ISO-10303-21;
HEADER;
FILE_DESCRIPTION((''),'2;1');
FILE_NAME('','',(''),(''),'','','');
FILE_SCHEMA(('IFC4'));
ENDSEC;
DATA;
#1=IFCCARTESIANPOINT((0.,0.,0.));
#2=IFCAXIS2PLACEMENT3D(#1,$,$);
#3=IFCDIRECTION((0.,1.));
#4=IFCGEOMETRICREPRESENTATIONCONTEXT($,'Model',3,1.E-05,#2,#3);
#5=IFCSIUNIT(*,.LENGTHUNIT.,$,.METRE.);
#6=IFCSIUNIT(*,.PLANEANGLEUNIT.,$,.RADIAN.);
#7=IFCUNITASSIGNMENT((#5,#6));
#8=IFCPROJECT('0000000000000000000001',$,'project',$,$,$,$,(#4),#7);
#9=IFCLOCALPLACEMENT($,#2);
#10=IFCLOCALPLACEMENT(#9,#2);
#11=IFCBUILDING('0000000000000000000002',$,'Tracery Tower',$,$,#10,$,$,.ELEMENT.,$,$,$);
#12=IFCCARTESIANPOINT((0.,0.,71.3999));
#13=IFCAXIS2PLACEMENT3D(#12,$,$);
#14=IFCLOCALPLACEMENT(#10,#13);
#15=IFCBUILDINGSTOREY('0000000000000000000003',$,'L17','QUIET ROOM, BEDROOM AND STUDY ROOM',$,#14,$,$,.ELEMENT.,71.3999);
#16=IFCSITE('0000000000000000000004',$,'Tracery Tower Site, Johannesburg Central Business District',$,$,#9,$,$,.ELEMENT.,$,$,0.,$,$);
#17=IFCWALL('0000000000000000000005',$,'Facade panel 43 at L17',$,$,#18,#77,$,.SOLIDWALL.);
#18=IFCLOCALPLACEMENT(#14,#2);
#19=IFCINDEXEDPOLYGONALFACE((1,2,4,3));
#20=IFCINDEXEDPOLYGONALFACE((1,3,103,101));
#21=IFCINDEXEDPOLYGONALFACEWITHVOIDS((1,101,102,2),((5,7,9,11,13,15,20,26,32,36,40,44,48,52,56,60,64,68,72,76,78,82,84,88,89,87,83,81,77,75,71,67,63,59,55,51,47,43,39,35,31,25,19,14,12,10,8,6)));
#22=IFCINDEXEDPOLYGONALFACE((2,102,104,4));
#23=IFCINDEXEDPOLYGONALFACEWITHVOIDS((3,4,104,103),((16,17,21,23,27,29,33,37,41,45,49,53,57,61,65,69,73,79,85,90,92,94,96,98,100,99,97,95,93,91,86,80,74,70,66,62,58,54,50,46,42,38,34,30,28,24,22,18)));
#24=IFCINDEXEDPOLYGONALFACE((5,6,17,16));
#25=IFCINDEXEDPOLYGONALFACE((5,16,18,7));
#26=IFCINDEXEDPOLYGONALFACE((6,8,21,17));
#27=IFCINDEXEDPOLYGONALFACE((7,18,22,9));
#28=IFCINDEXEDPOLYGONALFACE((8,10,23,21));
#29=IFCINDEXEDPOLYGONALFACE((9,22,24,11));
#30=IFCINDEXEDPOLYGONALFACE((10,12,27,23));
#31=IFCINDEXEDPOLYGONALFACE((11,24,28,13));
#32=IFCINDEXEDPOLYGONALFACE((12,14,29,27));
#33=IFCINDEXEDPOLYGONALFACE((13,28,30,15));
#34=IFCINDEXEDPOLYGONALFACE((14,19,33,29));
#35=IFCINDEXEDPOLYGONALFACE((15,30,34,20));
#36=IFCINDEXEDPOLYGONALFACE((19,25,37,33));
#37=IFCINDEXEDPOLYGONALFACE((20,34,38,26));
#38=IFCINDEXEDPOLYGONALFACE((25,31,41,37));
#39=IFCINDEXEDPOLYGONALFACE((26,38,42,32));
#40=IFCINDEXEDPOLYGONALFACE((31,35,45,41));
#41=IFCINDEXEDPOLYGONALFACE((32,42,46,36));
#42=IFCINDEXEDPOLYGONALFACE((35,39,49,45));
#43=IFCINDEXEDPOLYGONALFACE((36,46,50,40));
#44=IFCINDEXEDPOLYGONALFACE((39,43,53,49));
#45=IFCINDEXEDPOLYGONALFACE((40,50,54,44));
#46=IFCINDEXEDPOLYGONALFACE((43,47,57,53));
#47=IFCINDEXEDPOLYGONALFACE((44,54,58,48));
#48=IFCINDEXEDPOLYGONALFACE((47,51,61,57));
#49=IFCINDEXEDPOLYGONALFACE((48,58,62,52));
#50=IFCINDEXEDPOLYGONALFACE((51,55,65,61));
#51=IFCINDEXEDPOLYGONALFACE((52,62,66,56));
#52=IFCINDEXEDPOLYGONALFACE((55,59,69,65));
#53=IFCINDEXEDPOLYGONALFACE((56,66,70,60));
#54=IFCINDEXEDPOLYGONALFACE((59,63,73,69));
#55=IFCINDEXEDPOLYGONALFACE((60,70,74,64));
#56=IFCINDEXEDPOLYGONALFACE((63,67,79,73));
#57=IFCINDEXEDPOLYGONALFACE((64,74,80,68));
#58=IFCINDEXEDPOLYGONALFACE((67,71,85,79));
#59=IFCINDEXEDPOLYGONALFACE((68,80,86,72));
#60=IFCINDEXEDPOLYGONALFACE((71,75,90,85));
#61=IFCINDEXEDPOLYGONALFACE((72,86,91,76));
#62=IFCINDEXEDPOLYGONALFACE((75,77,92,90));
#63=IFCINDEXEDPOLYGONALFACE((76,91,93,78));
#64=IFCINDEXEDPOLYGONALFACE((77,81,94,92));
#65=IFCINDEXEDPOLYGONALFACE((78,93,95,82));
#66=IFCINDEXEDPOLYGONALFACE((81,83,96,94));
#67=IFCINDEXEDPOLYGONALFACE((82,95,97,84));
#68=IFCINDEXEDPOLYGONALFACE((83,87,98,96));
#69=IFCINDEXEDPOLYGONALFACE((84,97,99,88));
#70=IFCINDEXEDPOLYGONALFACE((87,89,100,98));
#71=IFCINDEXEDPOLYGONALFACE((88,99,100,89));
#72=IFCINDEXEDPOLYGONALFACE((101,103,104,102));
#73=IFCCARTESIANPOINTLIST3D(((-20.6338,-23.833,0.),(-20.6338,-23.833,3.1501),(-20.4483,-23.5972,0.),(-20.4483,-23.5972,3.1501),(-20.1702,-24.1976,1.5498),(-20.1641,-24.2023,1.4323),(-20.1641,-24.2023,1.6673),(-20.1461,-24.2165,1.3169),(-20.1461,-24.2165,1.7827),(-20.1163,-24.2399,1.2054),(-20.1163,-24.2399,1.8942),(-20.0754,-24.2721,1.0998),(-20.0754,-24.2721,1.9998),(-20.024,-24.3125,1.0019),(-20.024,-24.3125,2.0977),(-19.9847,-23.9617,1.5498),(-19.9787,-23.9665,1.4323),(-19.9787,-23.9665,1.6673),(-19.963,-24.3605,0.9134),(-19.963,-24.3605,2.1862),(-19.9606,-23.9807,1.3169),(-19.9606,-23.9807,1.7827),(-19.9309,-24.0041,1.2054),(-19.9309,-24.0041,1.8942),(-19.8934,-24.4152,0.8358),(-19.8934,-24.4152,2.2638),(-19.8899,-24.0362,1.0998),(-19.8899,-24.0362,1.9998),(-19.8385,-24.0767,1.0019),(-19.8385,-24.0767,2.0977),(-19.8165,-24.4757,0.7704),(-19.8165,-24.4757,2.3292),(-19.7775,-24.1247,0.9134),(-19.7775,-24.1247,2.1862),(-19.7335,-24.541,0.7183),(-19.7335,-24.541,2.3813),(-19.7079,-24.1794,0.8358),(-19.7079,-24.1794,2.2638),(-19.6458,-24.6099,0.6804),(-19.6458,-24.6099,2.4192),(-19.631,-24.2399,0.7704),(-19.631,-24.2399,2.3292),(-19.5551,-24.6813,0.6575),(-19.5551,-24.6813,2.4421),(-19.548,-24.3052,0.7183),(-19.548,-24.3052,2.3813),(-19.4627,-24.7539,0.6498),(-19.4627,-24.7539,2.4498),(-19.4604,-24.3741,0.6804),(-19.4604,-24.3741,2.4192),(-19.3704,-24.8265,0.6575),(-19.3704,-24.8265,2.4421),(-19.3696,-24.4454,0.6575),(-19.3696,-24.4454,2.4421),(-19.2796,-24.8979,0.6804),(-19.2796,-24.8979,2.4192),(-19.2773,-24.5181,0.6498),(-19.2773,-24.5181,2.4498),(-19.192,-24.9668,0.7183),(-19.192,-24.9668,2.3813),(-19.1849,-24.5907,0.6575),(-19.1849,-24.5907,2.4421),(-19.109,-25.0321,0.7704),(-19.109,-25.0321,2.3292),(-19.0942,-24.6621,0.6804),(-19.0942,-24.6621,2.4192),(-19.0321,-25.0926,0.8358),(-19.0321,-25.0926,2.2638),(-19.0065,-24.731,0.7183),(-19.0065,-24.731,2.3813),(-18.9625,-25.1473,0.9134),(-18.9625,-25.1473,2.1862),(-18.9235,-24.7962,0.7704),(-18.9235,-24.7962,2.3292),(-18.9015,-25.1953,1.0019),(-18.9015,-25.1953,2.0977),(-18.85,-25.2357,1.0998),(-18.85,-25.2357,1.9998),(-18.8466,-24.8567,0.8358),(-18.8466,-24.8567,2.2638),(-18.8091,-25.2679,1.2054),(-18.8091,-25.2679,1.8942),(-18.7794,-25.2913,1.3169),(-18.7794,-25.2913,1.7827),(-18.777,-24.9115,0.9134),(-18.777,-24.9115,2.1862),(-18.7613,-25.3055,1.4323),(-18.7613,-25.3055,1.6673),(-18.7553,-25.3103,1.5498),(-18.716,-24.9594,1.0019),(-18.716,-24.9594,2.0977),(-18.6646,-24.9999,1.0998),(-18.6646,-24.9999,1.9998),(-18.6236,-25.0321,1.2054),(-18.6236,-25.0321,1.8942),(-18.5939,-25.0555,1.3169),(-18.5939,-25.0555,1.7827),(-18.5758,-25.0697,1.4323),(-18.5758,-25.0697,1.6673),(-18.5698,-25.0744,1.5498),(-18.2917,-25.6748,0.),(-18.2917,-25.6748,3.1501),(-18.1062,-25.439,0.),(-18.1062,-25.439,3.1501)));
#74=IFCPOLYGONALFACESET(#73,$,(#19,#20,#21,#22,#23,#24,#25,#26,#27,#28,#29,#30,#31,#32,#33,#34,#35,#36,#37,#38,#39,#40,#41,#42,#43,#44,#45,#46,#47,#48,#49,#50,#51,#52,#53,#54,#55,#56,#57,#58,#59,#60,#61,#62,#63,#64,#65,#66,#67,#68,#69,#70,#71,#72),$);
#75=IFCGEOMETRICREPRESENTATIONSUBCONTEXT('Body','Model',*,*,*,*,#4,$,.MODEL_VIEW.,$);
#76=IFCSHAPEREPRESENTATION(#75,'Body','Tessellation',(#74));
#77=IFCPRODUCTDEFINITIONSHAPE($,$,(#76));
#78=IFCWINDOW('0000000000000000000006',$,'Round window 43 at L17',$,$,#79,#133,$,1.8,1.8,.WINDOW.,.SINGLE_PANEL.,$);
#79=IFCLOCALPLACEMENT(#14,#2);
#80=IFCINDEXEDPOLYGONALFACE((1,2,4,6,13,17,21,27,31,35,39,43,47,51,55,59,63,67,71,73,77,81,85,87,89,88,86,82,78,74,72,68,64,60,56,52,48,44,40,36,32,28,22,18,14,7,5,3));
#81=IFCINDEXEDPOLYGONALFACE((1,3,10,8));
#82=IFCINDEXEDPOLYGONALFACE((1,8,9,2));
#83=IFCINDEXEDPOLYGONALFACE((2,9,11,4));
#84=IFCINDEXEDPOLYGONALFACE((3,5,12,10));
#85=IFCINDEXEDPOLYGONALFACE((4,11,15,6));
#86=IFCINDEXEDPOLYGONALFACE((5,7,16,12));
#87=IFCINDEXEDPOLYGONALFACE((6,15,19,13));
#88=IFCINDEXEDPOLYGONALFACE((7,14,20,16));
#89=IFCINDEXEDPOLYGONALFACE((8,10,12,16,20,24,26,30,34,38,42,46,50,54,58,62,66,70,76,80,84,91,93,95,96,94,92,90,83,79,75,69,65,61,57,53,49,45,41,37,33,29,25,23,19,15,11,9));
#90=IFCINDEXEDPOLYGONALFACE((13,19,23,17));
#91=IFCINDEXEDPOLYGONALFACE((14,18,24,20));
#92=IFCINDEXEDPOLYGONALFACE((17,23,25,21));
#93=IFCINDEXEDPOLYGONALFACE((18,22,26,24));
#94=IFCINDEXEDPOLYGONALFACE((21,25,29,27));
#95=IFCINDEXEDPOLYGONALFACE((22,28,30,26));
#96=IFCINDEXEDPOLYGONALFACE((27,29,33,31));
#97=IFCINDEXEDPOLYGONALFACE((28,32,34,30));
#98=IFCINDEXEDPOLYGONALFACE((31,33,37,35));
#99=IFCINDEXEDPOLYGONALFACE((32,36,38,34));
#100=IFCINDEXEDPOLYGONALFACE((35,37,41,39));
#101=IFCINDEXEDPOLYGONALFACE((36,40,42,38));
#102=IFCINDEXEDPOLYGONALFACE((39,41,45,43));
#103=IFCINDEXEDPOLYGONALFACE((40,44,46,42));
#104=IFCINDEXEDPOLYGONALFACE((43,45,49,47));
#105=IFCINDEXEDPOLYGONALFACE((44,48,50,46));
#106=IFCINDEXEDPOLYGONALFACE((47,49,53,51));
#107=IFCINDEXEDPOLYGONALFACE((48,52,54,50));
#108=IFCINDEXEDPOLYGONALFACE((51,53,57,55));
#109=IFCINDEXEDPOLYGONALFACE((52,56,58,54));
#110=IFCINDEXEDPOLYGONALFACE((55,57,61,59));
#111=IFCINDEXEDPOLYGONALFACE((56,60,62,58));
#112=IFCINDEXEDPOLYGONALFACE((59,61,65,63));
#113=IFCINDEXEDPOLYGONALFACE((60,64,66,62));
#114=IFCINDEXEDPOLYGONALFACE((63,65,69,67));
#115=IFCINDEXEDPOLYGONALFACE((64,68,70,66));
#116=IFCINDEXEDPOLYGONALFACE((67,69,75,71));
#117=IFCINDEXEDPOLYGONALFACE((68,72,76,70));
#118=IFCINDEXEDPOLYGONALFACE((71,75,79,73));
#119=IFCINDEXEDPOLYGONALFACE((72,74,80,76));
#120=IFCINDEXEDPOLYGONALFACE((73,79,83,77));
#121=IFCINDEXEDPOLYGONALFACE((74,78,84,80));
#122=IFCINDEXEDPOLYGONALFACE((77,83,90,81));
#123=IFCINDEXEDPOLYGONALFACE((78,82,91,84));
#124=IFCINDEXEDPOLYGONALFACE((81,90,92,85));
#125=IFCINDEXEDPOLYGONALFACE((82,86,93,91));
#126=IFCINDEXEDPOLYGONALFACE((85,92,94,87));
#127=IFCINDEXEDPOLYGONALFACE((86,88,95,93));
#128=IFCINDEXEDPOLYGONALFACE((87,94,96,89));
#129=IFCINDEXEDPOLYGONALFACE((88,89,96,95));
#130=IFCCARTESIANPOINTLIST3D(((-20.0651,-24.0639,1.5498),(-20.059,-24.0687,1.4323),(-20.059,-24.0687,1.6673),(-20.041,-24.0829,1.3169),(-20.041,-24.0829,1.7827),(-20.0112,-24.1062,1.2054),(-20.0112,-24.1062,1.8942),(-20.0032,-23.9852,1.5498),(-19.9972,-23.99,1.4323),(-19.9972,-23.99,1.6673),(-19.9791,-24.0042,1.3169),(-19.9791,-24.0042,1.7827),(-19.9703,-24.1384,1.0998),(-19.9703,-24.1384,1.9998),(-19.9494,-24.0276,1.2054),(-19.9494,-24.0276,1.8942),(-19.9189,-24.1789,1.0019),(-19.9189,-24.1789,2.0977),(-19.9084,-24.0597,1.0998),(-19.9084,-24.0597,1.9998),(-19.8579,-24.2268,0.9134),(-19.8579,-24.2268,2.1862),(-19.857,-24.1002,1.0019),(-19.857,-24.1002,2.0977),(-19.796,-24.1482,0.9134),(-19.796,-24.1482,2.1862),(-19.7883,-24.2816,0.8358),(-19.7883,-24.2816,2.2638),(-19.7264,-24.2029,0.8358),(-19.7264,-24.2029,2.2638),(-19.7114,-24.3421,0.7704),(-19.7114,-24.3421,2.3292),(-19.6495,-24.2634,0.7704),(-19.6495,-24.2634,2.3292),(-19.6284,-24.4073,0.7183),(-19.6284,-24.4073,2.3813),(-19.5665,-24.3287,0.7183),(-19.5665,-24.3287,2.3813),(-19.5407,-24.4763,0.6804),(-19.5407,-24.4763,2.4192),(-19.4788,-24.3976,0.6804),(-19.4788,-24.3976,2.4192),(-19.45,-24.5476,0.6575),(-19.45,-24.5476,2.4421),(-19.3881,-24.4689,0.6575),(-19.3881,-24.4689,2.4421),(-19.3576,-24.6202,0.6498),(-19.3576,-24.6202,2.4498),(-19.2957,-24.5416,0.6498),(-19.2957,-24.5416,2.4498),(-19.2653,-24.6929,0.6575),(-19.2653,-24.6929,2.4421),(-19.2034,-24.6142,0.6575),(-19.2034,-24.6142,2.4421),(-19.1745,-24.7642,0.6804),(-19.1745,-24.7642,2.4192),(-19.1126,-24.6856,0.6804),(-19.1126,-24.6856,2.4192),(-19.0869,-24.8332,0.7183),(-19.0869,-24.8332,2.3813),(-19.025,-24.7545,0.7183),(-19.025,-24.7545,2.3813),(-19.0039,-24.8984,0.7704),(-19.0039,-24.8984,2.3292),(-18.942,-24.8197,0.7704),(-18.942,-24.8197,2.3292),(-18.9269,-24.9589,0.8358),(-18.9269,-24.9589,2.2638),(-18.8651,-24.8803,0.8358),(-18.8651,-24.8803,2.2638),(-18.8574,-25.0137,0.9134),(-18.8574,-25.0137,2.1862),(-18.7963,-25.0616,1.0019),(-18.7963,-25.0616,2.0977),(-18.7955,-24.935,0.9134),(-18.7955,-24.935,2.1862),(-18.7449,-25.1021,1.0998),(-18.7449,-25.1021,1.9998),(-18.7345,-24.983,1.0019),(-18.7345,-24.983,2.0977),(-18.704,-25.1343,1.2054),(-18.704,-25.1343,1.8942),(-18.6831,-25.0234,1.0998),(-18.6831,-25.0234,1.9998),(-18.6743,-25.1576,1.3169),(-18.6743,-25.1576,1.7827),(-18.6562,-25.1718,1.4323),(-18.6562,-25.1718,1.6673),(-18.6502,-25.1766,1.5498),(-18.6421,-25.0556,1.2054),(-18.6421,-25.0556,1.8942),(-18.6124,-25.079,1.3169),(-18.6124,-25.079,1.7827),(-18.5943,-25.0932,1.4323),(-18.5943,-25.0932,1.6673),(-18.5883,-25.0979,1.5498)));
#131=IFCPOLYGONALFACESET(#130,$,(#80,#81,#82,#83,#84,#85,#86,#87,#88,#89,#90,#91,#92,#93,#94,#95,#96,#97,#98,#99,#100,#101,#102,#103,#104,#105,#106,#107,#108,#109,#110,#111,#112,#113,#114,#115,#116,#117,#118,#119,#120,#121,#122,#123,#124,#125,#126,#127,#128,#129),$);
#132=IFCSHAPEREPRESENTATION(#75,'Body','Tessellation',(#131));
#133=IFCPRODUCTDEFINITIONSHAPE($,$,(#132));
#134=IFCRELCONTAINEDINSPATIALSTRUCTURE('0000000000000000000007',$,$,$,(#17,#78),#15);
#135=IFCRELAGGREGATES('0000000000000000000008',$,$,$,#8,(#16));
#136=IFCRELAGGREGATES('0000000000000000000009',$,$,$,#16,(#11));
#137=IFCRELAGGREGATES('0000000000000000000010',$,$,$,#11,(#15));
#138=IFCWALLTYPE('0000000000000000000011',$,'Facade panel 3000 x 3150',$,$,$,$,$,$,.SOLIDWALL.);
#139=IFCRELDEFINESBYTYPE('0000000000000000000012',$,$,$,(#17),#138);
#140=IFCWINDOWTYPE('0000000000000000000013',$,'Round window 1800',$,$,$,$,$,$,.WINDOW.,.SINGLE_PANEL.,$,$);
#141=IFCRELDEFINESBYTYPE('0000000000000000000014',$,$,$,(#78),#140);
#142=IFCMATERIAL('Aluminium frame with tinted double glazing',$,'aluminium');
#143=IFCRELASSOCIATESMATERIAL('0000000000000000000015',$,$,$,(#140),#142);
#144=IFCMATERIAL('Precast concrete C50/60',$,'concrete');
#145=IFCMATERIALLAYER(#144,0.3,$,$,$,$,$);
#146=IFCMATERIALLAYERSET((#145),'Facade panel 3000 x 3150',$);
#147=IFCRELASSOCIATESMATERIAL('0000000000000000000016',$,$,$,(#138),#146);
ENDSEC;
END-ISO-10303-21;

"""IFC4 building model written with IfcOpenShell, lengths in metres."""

from ifc_helpers import new_model, si_unit, direction, frame, frame_2d, origin, origin_2d, place, context, subcontext, project, spatial, rectangle, circle, extrude, material, layer, layer_set, type_object, element, fill, save


model = new_model("IFC4")

# Units and contexts
model_context = context("Model", 3, precision=1e-05, world=origin(), true_north=direction((0.0, 1.0)))
body_context = subcontext(model_context, "Body", "Model", "MODEL_VIEW")
ifc_project = project(units=[si_unit("LENGTHUNIT", "METRE"), si_unit("PLANEANGLEUNIT", "RADIAN")], contexts=[model_context])

# Site, building, storey
site_placement = place(None, origin())
site = spatial("IfcSite", under=ifc_project, at=site_placement, Name="Tracery Tower Site, Johannesburg Central Business District", CompositionType="ELEMENT", RefElevation=0.0)
building_placement = place(site_placement, origin())
building = spatial("IfcBuilding", under=site, at=building_placement, Name="Tracery Tower", CompositionType="ELEMENT")
storey_placement = place(building_placement, frame((0.0, 0.0, 71.3999)))
storey = spatial("IfcBuildingStorey", under=building, at=storey_placement, Name="L17", Description="QUIET ROOM, BEDROOM AND STUDY ROOM", CompositionType="ELEMENT", Elevation=71.3999)

# Wall, opening, window
ifc_material_1 = material(Name="Aluminium frame with tinted double glazing", Category="aluminium")
window_type = type_object("IfcWindowType", Name="Round window 1800", PartitioningType="SINGLE_PANEL", PredefinedType="WINDOW", material=ifc_material_1)
ifc_material_2 = material(Name="Precast concrete C50/60", Category="concrete")
ifc_layer_1 = layer(ifc_material_2, 0.3)
ifc_layer_set_1 = layer_set([ifc_layer_1], Name="Facade panel 3000 x 3150")
wall_type_1 = type_object("IfcWallType", Name="Facade panel 3000 x 3150", PredefinedType="SOLIDWALL", material=ifc_layer_set_1)
wall_1_placement = place(storey_placement, frame((-20.541, -23.7151, 0.0), z_axis=(0.0, 0.0, 1.0), x_axis=(0.786054, -0.618158, 0.0)))
wall_1 = element("IfcWall", 1, at=wall_1_placement, inside=storey, type_object=wall_type_1, Name="Facade panel 43 at L17", PredefinedType="SOLIDWALL", context=body_context, shape_type="SweptSolid", body=[
    extrude(rectangle(XDim=2.9795, YDim=0.3, at=frame_2d((1.4897, 0.0))), origin(), (0.0, 0.0, 1.0), 3.1501),
])
opening_1_placement = place(wall_1_placement, frame((1.4897, 0.0, 1.5498)))
opening_1 = element("IfcOpeningElement", 2, at=opening_1_placement, cuts=wall_1, PredefinedType="OPENING", context=body_context, shape_type="SweptSolid", body=[
    extrude(circle(Radius=0.9, at=origin_2d()), frame((0.0, 0.1599, 0.0), z_axis=(0.0, -1.0, 0.0), x_axis=(1.0, 0.0, 0.0)), (0.0, 0.0, 1.0), 0.3201),
])
window_1_placement = place(opening_1_placement, origin())
window_1 = element("IfcWindow", 3, at=window_1_placement, inside=storey, type_object=window_type, Name="Round window 43 at L17", OverallHeight=1.8, OverallWidth=1.8, PartitioningType="SINGLE_PANEL", PredefinedType="WINDOW", context=body_context, shape_type="SweptSolid", body=[
    extrude(circle(Radius=0.9, at=origin_2d()), frame((0.0, 0.1201, 0.0), z_axis=(0.0, -1.0, 0.0), x_axis=(1.0, 0.0, 0.0)), (0.0, 0.0, 1.0), 0.1001),
])
fill(opening_1, window_1)

save(model, "model.ifc")
